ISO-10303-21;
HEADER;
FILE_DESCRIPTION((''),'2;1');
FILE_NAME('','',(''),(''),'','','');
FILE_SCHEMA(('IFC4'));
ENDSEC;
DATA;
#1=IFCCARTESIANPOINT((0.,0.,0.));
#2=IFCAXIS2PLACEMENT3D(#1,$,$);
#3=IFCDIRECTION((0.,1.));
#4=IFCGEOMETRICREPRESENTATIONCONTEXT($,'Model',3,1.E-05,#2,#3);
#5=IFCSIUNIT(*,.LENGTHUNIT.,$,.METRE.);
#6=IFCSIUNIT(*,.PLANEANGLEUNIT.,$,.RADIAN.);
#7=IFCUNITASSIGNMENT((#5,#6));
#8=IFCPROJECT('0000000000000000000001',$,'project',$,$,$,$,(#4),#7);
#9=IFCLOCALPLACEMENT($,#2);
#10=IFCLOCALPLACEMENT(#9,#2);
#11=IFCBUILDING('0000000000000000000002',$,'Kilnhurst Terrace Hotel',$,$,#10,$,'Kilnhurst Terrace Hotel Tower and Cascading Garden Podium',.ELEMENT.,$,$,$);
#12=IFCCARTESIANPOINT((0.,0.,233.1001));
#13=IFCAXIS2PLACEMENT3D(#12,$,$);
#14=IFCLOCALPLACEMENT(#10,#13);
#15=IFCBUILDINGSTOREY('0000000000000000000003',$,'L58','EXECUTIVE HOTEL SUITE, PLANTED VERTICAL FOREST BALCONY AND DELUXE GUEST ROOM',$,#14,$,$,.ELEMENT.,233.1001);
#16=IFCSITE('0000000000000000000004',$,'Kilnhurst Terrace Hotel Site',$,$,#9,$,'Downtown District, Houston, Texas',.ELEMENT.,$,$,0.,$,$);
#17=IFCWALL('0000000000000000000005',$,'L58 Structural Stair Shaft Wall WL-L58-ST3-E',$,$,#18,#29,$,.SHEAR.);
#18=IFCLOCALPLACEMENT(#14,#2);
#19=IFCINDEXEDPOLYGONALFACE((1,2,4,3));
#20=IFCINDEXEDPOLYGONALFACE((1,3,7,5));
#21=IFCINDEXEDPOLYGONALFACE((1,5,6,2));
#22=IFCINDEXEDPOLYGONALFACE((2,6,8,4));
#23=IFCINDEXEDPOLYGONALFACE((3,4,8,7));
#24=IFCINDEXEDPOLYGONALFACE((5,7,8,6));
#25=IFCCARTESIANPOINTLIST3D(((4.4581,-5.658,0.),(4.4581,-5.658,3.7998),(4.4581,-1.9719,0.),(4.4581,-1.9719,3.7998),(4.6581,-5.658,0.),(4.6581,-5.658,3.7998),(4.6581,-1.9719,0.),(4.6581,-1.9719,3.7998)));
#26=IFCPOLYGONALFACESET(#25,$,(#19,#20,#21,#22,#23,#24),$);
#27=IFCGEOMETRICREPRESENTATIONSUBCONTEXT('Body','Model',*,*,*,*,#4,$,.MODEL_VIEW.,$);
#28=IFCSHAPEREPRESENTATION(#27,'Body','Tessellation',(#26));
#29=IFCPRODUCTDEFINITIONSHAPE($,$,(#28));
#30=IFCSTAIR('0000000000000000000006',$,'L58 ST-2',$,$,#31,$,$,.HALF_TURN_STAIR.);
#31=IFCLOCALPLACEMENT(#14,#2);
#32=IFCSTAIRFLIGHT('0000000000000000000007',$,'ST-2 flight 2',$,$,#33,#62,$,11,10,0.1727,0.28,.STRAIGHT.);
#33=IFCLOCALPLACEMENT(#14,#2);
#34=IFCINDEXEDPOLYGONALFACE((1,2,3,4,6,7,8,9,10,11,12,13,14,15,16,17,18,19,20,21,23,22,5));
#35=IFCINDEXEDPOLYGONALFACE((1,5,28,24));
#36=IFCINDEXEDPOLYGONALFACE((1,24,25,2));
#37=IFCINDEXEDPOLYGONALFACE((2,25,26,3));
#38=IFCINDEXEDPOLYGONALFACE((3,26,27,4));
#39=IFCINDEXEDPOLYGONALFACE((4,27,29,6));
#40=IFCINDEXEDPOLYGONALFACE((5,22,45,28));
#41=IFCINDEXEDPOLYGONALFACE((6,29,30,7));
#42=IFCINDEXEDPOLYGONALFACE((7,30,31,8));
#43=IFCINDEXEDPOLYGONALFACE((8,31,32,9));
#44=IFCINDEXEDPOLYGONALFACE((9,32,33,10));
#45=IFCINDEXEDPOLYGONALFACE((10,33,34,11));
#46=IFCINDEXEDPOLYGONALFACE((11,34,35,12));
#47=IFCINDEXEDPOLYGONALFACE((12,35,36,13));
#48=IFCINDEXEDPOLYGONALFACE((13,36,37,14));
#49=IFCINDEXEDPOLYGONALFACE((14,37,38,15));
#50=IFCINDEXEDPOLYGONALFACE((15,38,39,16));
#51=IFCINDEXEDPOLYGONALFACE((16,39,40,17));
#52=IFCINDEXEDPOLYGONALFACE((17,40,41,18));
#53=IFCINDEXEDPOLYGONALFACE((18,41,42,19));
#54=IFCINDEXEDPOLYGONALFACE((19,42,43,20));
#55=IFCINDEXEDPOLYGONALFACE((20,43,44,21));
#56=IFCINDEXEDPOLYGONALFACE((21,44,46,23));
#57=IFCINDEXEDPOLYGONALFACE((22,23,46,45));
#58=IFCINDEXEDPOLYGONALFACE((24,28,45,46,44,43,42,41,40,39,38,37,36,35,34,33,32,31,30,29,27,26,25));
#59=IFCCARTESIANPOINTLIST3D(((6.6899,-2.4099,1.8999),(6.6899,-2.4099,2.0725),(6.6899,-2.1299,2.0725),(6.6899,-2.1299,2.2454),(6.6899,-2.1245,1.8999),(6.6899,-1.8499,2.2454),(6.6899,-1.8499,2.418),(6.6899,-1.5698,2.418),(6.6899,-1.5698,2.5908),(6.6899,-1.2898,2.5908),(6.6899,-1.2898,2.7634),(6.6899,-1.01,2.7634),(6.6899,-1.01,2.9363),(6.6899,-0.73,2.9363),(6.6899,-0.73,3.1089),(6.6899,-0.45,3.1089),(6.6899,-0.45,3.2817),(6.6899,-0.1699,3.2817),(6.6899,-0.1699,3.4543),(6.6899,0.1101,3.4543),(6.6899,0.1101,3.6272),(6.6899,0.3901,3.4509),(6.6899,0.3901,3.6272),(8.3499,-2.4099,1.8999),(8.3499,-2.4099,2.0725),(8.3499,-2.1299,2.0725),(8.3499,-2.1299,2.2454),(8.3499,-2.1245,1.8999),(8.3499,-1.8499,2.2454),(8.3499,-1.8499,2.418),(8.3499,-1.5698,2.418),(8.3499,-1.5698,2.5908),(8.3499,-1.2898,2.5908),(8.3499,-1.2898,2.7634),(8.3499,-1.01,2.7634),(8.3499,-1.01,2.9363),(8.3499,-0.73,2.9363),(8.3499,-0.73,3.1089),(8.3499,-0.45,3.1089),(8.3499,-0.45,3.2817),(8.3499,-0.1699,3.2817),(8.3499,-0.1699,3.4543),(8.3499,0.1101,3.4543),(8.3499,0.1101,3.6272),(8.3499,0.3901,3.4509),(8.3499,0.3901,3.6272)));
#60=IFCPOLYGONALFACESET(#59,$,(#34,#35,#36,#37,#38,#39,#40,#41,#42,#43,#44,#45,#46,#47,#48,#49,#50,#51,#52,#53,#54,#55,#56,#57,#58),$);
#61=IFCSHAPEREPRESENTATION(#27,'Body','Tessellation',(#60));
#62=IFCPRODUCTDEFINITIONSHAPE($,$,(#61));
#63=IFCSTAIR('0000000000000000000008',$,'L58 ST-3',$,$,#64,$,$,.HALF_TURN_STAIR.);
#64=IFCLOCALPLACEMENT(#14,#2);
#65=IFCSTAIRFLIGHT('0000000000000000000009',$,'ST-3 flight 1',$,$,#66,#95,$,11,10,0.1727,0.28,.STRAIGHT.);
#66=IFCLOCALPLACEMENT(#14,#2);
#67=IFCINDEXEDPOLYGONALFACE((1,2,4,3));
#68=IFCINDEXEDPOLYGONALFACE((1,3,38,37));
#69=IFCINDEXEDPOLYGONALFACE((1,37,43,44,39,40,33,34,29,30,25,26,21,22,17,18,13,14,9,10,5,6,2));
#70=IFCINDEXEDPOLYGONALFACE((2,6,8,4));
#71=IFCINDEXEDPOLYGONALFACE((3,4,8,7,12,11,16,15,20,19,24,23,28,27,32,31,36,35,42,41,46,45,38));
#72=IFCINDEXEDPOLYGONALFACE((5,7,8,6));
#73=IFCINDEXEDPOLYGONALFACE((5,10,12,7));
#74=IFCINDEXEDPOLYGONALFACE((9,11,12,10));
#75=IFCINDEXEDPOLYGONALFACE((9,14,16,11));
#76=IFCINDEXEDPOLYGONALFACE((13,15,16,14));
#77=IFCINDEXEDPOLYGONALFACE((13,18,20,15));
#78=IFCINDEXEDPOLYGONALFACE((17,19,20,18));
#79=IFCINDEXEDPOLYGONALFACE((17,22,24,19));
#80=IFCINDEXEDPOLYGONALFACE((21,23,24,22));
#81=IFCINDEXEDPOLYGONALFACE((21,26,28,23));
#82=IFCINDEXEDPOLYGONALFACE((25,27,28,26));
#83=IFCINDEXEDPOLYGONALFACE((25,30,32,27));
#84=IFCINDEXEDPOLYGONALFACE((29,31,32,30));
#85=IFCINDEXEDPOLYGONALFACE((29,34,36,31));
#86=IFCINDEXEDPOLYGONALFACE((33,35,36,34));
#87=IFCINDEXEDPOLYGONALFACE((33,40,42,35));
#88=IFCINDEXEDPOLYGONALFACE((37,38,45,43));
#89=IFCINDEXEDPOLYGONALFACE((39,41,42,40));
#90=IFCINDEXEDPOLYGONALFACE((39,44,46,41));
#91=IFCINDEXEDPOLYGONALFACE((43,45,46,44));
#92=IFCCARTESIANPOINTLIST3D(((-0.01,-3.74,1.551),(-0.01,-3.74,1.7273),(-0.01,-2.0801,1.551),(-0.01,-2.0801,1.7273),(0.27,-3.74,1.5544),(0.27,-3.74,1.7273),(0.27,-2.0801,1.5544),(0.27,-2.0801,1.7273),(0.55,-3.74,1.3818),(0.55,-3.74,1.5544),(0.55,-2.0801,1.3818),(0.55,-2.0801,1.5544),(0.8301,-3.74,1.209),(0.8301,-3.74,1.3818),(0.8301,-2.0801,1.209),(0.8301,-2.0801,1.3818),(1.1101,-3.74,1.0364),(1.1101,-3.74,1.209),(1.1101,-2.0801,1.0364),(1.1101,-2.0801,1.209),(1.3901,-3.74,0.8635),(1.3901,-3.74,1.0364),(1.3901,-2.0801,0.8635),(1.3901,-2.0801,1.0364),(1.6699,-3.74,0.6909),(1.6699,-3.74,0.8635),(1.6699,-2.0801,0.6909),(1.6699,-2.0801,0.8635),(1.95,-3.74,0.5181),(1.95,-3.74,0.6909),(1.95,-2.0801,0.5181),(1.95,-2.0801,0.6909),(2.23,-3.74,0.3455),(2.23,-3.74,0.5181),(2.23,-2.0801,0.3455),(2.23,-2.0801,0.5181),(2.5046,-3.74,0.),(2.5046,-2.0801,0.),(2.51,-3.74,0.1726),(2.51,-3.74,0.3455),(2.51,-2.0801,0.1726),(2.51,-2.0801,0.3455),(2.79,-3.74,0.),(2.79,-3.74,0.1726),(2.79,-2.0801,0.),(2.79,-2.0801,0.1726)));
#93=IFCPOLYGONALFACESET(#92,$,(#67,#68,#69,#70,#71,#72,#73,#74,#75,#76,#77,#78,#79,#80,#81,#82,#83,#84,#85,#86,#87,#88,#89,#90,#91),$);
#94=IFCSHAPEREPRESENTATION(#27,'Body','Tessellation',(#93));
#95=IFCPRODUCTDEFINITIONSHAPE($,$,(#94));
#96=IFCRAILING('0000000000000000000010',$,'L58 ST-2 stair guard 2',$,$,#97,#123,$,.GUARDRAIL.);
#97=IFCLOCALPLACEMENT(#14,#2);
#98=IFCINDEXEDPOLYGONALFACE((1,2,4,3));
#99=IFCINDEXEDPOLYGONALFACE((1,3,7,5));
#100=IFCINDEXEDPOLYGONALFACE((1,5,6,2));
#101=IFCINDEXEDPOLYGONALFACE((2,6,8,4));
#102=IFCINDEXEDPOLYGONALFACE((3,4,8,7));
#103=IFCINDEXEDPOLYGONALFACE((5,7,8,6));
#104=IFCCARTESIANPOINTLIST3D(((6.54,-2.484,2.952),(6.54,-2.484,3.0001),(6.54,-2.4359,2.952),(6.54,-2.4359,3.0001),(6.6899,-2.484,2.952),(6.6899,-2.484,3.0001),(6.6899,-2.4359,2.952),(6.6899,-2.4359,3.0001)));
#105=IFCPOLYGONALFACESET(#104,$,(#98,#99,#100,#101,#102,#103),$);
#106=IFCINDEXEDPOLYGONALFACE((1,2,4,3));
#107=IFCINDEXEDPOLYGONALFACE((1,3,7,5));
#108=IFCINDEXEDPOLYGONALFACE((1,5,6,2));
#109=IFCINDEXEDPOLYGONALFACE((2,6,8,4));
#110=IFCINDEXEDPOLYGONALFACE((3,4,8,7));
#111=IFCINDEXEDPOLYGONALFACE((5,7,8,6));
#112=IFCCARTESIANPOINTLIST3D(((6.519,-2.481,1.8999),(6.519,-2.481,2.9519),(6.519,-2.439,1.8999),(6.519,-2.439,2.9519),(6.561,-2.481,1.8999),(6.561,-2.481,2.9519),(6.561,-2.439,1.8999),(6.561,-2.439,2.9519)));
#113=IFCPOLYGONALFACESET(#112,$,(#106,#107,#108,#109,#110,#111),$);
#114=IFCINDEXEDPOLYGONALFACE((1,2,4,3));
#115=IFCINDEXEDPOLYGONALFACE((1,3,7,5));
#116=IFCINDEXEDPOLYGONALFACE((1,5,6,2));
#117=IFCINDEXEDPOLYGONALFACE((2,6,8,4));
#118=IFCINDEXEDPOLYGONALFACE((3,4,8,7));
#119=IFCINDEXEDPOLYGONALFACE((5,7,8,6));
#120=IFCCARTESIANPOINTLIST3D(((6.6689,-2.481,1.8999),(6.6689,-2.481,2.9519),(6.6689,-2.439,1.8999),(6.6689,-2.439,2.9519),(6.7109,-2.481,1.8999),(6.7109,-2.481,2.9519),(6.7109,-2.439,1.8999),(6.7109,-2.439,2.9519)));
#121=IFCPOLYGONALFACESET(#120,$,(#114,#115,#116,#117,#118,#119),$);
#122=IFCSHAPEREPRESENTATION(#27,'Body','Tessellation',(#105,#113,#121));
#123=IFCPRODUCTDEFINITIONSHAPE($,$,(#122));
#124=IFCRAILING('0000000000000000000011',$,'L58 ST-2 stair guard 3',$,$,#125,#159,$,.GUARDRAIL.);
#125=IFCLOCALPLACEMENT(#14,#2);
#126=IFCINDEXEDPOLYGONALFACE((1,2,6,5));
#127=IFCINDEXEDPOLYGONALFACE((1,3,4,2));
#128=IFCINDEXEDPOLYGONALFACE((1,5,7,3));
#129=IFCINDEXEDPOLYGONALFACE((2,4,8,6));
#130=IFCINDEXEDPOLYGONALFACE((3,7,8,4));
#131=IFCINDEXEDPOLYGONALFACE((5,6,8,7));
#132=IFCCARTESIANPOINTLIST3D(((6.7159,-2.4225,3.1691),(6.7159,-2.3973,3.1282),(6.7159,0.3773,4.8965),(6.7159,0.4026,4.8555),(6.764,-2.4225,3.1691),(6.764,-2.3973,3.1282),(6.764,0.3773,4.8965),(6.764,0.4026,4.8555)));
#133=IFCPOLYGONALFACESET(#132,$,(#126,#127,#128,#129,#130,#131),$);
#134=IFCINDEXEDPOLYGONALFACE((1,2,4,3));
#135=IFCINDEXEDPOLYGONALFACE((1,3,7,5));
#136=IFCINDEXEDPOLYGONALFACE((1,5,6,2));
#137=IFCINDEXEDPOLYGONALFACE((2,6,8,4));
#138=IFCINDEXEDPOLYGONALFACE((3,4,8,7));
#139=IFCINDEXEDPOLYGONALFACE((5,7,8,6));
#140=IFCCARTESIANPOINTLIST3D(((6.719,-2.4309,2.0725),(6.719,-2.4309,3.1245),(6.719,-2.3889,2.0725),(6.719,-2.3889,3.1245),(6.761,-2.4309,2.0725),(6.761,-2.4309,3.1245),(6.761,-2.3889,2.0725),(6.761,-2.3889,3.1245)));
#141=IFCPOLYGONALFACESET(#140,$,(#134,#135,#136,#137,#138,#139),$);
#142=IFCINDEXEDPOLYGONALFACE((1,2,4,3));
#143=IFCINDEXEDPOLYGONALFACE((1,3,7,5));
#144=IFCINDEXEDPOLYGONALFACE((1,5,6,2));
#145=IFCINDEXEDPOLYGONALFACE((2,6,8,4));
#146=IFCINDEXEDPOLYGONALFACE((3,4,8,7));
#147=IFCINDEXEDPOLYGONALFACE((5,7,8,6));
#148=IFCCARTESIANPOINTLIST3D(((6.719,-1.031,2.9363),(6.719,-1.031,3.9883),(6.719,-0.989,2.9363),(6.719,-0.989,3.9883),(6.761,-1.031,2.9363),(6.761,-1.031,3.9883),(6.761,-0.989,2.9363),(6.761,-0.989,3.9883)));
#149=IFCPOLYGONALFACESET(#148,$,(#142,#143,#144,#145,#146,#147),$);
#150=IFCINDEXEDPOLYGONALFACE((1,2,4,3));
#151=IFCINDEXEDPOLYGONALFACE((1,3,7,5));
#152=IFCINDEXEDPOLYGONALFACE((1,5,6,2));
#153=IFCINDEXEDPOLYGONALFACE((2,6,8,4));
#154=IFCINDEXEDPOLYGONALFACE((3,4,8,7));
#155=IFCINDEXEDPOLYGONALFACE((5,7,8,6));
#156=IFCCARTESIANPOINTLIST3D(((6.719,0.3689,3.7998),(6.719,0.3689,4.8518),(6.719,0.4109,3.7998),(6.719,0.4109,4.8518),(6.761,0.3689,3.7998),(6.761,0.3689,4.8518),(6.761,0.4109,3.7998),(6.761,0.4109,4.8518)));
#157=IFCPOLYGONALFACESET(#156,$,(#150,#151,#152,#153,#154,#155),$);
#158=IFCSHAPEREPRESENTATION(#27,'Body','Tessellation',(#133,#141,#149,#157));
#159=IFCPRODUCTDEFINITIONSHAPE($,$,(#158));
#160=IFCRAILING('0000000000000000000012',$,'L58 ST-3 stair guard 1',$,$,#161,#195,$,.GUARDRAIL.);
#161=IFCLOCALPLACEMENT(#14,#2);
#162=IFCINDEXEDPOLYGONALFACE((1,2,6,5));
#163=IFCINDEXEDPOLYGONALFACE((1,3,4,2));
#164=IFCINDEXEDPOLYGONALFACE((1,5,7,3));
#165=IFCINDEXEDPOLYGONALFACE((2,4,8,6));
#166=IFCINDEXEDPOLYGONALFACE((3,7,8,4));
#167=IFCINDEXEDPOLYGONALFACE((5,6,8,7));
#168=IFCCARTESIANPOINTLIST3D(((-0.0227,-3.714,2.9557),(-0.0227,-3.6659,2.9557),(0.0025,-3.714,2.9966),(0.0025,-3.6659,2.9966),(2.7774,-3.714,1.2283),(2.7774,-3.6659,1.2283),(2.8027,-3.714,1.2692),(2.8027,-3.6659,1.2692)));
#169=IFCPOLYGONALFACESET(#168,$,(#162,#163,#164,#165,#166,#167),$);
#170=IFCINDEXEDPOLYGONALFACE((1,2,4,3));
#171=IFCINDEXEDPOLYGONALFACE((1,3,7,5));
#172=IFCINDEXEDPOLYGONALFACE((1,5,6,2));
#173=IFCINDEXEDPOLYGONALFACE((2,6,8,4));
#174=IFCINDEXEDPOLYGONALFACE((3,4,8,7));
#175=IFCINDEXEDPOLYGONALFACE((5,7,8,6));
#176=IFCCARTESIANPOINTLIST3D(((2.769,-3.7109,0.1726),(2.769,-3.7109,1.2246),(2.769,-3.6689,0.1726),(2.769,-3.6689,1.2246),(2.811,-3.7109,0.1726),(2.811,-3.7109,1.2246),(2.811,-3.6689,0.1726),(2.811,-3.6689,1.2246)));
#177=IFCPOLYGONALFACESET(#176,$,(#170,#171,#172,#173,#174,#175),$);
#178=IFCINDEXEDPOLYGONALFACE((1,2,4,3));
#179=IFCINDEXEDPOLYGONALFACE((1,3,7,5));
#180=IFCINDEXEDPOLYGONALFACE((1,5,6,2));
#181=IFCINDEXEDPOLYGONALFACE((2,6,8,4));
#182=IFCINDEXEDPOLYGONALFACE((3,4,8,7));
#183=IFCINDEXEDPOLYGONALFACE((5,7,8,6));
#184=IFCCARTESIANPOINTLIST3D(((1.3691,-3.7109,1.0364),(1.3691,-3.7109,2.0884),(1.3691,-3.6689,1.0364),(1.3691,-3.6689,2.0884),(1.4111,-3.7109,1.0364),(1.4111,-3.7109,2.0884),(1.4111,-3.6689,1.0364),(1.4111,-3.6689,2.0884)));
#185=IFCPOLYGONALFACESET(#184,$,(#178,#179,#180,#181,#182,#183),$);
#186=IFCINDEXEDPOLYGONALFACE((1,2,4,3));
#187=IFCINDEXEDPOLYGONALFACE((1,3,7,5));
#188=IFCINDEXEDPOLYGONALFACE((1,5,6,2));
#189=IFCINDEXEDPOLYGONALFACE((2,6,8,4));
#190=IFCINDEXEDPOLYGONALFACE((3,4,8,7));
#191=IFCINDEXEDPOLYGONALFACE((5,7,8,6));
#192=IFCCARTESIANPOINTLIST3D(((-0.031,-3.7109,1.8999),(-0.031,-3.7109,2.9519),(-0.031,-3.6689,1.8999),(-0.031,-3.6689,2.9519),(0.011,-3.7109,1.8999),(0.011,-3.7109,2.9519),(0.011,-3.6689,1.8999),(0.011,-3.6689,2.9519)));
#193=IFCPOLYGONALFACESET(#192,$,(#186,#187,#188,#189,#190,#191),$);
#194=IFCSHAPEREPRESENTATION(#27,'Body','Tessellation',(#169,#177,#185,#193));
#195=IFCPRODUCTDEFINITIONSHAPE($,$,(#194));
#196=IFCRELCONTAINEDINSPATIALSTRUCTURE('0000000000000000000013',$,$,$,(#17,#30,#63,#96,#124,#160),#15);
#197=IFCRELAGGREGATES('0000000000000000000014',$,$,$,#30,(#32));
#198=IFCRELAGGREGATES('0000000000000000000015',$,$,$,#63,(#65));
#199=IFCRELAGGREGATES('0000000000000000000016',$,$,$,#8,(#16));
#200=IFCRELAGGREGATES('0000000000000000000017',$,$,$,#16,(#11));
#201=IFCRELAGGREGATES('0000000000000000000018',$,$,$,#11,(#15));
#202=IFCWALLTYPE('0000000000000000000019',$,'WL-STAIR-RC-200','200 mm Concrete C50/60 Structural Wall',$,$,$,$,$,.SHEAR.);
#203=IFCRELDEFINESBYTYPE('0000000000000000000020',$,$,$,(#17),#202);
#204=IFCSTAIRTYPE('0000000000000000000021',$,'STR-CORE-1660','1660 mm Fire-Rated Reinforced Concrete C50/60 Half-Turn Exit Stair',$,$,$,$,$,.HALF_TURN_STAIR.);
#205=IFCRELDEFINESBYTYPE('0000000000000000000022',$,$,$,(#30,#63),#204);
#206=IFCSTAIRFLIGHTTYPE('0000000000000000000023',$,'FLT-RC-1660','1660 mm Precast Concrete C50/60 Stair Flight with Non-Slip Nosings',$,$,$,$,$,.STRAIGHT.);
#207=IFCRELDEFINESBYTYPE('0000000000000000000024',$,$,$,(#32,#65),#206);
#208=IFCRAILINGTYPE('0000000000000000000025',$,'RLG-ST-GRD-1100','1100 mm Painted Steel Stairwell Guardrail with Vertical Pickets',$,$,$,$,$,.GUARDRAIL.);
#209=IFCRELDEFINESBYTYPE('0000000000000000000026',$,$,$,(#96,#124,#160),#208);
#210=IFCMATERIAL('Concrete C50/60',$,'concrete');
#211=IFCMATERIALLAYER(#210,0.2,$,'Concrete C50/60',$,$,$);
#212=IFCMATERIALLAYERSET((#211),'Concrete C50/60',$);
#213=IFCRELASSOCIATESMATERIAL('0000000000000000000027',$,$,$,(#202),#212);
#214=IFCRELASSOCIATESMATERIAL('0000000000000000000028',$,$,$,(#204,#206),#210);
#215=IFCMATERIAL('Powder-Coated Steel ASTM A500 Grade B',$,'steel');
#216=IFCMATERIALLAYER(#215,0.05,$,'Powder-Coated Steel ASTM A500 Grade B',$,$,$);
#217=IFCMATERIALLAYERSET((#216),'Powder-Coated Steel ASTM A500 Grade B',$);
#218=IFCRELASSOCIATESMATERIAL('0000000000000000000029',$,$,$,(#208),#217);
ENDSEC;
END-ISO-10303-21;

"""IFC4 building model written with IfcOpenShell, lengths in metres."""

from ifc_helpers import new_model, si_unit, direction, frame, frame_2d, origin, origin_2d, place, context, subcontext, project, spatial, polyline, rectangle, outline, extrude, material, layer, layer_set, type_object, element, aggregate, save


model = new_model("IFC4")

# Units and contexts
model_context = context("Model", 3, precision=1e-05, world=origin(), true_north=direction((0.0, 1.0)))
body_context = subcontext(model_context, "Body", "Model", "MODEL_VIEW")
ifc_project = project(units=[si_unit("LENGTHUNIT", "METRE"), si_unit("PLANEANGLEUNIT", "RADIAN")], contexts=[model_context])

# Site, building, storey
site_placement = place(None, origin())
site = spatial("IfcSite", under=ifc_project, at=site_placement, Name="Kilnhurst Terrace Hotel Site", LongName="Downtown District, Houston, Texas", CompositionType="ELEMENT", RefElevation=0.0)
building_placement = place(site_placement, origin())
building = spatial("IfcBuilding", under=site, at=building_placement, Name="Kilnhurst Terrace Hotel", LongName="Kilnhurst Terrace Hotel Tower and Cascading Garden Podium", CompositionType="ELEMENT")
storey_placement = place(building_placement, frame((0.0, 0.0, 233.1001)))
storey = spatial("IfcBuildingStorey", under=building, at=storey_placement, Name="L58", Description="EXECUTIVE HOTEL SUITE, PLANTED VERTICAL FOREST BALCONY AND DELUXE GUEST ROOM", CompositionType="ELEMENT", Elevation=233.1001)

# Shared definitions
ifc_material_1 = material(Name="Concrete C50/60", Category="concrete")

# Wall
ifc_layer_1 = layer(ifc_material_1, 0.2, Name="Concrete C50/60")
ifc_layer_set_1 = layer_set([ifc_layer_1], Name="Concrete C50/60")
wall_type_1 = type_object("IfcWallType", Name="WL-STAIR-RC-200", Description="200 mm Concrete C50/60 Structural Wall", PredefinedType="SHEAR", material=ifc_layer_set_1)
for number, where, z_axis, x_axis, name in (
    (1, (4.5581, -5.658, 0.0), (0.0, 0.0, 1.0), (0.0, 1.0, 0.0), "L58 Structural Stair Shaft Wall WL-L58-ST3-E"),
):
    element("IfcWall", number, at=place(storey_placement, frame(where, z_axis=z_axis, x_axis=x_axis)), inside=storey, type_object=wall_type_1, Name=name, PredefinedType="SHEAR", context=body_context, shape_type="SweptSolid", body=[
        extrude(rectangle(XDim=3.686, YDim=0.2, at=frame_2d((1.843, 0.0))), origin(), (0.0, 0.0, 1.0), 3.7998),
    ])

# Stairs, stair flights
stair_type = type_object("IfcStairType", Name="STR-CORE-1660", Description="1660 mm Fire-Rated Reinforced Concrete C50/60 Half-Turn Exit Stair", PredefinedType="HALF_TURN_STAIR", material=ifc_material_1)
stair_1_placement = place(storey_placement, origin())
stair_1 = element("IfcStair", 2, at=stair_1_placement, inside=storey, type_object=stair_type, Name="L58 ST-2", PredefinedType="HALF_TURN_STAIR")
stair_flight_type = type_object("IfcStairFlightType", Name="FLT-RC-1660", Description="1660 mm Precast Concrete C50/60 Stair Flight with Non-Slip Nosings", PredefinedType="STRAIGHT", material=ifc_material_1)
stair_flight_1_placement = place(storey_placement, frame((7.52, -2.4099, 1.8999), z_axis=(0.0, 0.0, 1.0), x_axis=(0.0, 1.0, 0.0)))
stair_flight_1 = element("IfcStairFlight", 3, at=stair_flight_1_placement, type_object=stair_flight_type, Name="ST-2 flight 2", NumberOfRisers=11, NumberOfTreads=10, PredefinedType="STRAIGHT", RiserHeight=0.1727, TreadLength=0.28, context=body_context, shape_type="SweptSolid", body=[
    extrude(outline(polyline([(0.0, 0.0), (0.0, 0.1726), (0.28, 0.1726), (0.28, 0.3455), (0.5601, 0.3455), (0.5601, 0.5181), (0.8401, 0.5181), (0.8401, 0.6909), (1.1201, 0.6909), (1.1201, 0.8635), (1.3999, 0.8635), (1.3999, 1.0364), (1.6799, 1.0364), (1.6799, 1.209), (1.96, 1.209), (1.96, 1.3818), (2.24, 1.3818), (2.24, 1.5544), (2.52, 1.5544), (2.52, 1.7273), (2.8, 1.7273), (2.8, 1.8999), (2.8, 1.551), (0.2854, 0.0), (0.0, 0.0)])), frame((0.0, 0.8301, 0.0), z_axis=(0.0, -1.0, 0.0), x_axis=(1.0, 0.0, 0.0)), (0.0, 0.0, 1.0), 1.6599),
])
aggregate(stair_1, [stair_flight_1])
stair_2_placement = place(storey_placement, origin())
stair_2 = element("IfcStair", 4, at=stair_2_placement, inside=storey, type_object=stair_type, Name="L58 ST-3", PredefinedType="HALF_TURN_STAIR")
stair_flight_2_placement = place(storey_placement, frame((2.79, -2.9099, 0.0), z_axis=(0.0, 0.0, 1.0), x_axis=(-1.0, 0.0, 0.0)))
stair_flight_2 = element("IfcStairFlight", 5, at=stair_flight_2_placement, type_object=stair_flight_type, Name="ST-3 flight 1", NumberOfRisers=11, NumberOfTreads=10, PredefinedType="STRAIGHT", RiserHeight=0.1727, TreadLength=0.28, context=body_context, shape_type="SweptSolid", body=[
    extrude(outline(polyline([(0.0, 0.0), (0.0, 0.1726), (0.28, 0.1726), (0.28, 0.3455), (0.5601, 0.3455), (0.5601, 0.5181), (0.8401, 0.5181), (0.8401, 0.6909), (1.1201, 0.6909), (1.1201, 0.8635), (1.3999, 0.8635), (1.3999, 1.0364), (1.6799, 1.0364), (1.6799, 1.209), (1.96, 1.209), (1.96, 1.3818), (2.24, 1.3818), (2.24, 1.5544), (2.52, 1.5544), (2.52, 1.7273), (2.8, 1.7273), (2.8, 1.8999), (2.8, 1.551), (0.2854, 0.0), (0.0, 0.0)])), frame((0.0, 0.8301, 0.0), z_axis=(0.0, -1.0, 0.0), x_axis=(1.0, 0.0, 0.0)), (0.0, 0.0, 1.0), 1.6599),
])
aggregate(stair_2, [stair_flight_2])

# Railings
ifc_material_2 = material(Name="Powder-Coated Steel ASTM A500 Grade B", Category="steel")
ifc_layer_2 = layer(ifc_material_2, 0.05, Name="Powder-Coated Steel ASTM A500 Grade B")
ifc_layer_set_2 = layer_set([ifc_layer_2], Name="Powder-Coated Steel ASTM A500 Grade B")
railing_type_1 = type_object("IfcRailingType", Name="RLG-ST-GRD-1100", Description="1100 mm Painted Steel Stairwell Guardrail with Vertical Pickets", PredefinedType="GUARDRAIL", material=ifc_layer_set_2)
railing_1_placement = place(storey_placement, frame((6.54, -2.46, 1.8999)))
element("IfcRailing", 6, at=railing_1_placement, inside=storey, type_object=railing_type_1, Name="L58 ST-2 stair guard 2", PredefinedType="GUARDRAIL", context=body_context, shape_type="SweptSolid", body=[
    extrude(rectangle(XDim=0.0481, YDim=0.0481, at=origin_2d()), frame((0.0, 0.0, 1.0762), z_axis=(1.0, 0.0, 0.0), x_axis=(0.0, 1.0, 0.0)), (0.0, 0.0, 1.0), 0.1499),
    extrude(rectangle(XDim=0.042, YDim=0.042, at=origin_2d()), origin(), (0.0, 0.0, 1.0), 1.052),
    extrude(rectangle(XDim=0.042, YDim=0.042, at=origin_2d()), frame((0.1499, 0.0, 0.0)), (0.0, 0.0, 1.0), 1.052),
])
railing_2_placement = place(storey_placement, frame((6.74, -2.4099, 2.0725)))
element("IfcRailing", 7, at=railing_2_placement, inside=storey, type_object=railing_type_1, Name="L58 ST-2 stair guard 3", PredefinedType="GUARDRAIL", context=body_context, shape_type="SweptSolid", body=[
    extrude(rectangle(XDim=0.0481, YDim=0.0481, at=origin_2d()), frame((0.0, 0.0, 1.0762), z_axis=(0.0, 0.851069, 0.525054), x_axis=(-1.0, 0.0, 0.0)), (0.0, 0.0, 1.0), 3.2898),
    extrude(rectangle(XDim=0.042, YDim=0.042, at=origin_2d()), origin(), (0.0, 0.0, 1.0), 1.052),
    extrude(rectangle(XDim=0.042, YDim=0.042, at=origin_2d()), frame((0.0, 1.3999, 0.8638)), (0.0, 0.0, 1.0), 1.052),
    extrude(rectangle(XDim=0.042, YDim=0.042, at=origin_2d()), frame((0.0, 2.7998, 1.7273)), (0.0, 0.0, 1.0), 1.052),
])
railing_3_placement = place(storey_placement, frame((2.79, -3.6899, 0.1726)))
element("IfcRailing", 8, at=railing_3_placement, inside=storey, type_object=railing_type_1, Name="L58 ST-3 stair guard 1", PredefinedType="GUARDRAIL", context=body_context, shape_type="SweptSolid", body=[
    extrude(rectangle(XDim=0.0481, YDim=0.0481, at=origin_2d()), frame((0.0, 0.0, 1.0762), z_axis=(-0.85109, 0.0, 0.52502), x_axis=(0.0, -1.0, 0.0)), (0.0, 0.0, 1.0), 3.29),
    extrude(rectangle(XDim=0.042, YDim=0.042, at=origin_2d()), origin(), (0.0, 0.0, 1.0), 1.052),
    extrude(rectangle(XDim=0.042, YDim=0.042, at=origin_2d()), frame((-1.3999, 0.0, 0.8638)), (0.0, 0.0, 1.0), 1.052),
    extrude(rectangle(XDim=0.042, YDim=0.042, at=origin_2d()), frame((-2.8, 0.0, 1.7273)), (0.0, 0.0, 1.0), 1.052),
])

save(model, "model.ifc")
